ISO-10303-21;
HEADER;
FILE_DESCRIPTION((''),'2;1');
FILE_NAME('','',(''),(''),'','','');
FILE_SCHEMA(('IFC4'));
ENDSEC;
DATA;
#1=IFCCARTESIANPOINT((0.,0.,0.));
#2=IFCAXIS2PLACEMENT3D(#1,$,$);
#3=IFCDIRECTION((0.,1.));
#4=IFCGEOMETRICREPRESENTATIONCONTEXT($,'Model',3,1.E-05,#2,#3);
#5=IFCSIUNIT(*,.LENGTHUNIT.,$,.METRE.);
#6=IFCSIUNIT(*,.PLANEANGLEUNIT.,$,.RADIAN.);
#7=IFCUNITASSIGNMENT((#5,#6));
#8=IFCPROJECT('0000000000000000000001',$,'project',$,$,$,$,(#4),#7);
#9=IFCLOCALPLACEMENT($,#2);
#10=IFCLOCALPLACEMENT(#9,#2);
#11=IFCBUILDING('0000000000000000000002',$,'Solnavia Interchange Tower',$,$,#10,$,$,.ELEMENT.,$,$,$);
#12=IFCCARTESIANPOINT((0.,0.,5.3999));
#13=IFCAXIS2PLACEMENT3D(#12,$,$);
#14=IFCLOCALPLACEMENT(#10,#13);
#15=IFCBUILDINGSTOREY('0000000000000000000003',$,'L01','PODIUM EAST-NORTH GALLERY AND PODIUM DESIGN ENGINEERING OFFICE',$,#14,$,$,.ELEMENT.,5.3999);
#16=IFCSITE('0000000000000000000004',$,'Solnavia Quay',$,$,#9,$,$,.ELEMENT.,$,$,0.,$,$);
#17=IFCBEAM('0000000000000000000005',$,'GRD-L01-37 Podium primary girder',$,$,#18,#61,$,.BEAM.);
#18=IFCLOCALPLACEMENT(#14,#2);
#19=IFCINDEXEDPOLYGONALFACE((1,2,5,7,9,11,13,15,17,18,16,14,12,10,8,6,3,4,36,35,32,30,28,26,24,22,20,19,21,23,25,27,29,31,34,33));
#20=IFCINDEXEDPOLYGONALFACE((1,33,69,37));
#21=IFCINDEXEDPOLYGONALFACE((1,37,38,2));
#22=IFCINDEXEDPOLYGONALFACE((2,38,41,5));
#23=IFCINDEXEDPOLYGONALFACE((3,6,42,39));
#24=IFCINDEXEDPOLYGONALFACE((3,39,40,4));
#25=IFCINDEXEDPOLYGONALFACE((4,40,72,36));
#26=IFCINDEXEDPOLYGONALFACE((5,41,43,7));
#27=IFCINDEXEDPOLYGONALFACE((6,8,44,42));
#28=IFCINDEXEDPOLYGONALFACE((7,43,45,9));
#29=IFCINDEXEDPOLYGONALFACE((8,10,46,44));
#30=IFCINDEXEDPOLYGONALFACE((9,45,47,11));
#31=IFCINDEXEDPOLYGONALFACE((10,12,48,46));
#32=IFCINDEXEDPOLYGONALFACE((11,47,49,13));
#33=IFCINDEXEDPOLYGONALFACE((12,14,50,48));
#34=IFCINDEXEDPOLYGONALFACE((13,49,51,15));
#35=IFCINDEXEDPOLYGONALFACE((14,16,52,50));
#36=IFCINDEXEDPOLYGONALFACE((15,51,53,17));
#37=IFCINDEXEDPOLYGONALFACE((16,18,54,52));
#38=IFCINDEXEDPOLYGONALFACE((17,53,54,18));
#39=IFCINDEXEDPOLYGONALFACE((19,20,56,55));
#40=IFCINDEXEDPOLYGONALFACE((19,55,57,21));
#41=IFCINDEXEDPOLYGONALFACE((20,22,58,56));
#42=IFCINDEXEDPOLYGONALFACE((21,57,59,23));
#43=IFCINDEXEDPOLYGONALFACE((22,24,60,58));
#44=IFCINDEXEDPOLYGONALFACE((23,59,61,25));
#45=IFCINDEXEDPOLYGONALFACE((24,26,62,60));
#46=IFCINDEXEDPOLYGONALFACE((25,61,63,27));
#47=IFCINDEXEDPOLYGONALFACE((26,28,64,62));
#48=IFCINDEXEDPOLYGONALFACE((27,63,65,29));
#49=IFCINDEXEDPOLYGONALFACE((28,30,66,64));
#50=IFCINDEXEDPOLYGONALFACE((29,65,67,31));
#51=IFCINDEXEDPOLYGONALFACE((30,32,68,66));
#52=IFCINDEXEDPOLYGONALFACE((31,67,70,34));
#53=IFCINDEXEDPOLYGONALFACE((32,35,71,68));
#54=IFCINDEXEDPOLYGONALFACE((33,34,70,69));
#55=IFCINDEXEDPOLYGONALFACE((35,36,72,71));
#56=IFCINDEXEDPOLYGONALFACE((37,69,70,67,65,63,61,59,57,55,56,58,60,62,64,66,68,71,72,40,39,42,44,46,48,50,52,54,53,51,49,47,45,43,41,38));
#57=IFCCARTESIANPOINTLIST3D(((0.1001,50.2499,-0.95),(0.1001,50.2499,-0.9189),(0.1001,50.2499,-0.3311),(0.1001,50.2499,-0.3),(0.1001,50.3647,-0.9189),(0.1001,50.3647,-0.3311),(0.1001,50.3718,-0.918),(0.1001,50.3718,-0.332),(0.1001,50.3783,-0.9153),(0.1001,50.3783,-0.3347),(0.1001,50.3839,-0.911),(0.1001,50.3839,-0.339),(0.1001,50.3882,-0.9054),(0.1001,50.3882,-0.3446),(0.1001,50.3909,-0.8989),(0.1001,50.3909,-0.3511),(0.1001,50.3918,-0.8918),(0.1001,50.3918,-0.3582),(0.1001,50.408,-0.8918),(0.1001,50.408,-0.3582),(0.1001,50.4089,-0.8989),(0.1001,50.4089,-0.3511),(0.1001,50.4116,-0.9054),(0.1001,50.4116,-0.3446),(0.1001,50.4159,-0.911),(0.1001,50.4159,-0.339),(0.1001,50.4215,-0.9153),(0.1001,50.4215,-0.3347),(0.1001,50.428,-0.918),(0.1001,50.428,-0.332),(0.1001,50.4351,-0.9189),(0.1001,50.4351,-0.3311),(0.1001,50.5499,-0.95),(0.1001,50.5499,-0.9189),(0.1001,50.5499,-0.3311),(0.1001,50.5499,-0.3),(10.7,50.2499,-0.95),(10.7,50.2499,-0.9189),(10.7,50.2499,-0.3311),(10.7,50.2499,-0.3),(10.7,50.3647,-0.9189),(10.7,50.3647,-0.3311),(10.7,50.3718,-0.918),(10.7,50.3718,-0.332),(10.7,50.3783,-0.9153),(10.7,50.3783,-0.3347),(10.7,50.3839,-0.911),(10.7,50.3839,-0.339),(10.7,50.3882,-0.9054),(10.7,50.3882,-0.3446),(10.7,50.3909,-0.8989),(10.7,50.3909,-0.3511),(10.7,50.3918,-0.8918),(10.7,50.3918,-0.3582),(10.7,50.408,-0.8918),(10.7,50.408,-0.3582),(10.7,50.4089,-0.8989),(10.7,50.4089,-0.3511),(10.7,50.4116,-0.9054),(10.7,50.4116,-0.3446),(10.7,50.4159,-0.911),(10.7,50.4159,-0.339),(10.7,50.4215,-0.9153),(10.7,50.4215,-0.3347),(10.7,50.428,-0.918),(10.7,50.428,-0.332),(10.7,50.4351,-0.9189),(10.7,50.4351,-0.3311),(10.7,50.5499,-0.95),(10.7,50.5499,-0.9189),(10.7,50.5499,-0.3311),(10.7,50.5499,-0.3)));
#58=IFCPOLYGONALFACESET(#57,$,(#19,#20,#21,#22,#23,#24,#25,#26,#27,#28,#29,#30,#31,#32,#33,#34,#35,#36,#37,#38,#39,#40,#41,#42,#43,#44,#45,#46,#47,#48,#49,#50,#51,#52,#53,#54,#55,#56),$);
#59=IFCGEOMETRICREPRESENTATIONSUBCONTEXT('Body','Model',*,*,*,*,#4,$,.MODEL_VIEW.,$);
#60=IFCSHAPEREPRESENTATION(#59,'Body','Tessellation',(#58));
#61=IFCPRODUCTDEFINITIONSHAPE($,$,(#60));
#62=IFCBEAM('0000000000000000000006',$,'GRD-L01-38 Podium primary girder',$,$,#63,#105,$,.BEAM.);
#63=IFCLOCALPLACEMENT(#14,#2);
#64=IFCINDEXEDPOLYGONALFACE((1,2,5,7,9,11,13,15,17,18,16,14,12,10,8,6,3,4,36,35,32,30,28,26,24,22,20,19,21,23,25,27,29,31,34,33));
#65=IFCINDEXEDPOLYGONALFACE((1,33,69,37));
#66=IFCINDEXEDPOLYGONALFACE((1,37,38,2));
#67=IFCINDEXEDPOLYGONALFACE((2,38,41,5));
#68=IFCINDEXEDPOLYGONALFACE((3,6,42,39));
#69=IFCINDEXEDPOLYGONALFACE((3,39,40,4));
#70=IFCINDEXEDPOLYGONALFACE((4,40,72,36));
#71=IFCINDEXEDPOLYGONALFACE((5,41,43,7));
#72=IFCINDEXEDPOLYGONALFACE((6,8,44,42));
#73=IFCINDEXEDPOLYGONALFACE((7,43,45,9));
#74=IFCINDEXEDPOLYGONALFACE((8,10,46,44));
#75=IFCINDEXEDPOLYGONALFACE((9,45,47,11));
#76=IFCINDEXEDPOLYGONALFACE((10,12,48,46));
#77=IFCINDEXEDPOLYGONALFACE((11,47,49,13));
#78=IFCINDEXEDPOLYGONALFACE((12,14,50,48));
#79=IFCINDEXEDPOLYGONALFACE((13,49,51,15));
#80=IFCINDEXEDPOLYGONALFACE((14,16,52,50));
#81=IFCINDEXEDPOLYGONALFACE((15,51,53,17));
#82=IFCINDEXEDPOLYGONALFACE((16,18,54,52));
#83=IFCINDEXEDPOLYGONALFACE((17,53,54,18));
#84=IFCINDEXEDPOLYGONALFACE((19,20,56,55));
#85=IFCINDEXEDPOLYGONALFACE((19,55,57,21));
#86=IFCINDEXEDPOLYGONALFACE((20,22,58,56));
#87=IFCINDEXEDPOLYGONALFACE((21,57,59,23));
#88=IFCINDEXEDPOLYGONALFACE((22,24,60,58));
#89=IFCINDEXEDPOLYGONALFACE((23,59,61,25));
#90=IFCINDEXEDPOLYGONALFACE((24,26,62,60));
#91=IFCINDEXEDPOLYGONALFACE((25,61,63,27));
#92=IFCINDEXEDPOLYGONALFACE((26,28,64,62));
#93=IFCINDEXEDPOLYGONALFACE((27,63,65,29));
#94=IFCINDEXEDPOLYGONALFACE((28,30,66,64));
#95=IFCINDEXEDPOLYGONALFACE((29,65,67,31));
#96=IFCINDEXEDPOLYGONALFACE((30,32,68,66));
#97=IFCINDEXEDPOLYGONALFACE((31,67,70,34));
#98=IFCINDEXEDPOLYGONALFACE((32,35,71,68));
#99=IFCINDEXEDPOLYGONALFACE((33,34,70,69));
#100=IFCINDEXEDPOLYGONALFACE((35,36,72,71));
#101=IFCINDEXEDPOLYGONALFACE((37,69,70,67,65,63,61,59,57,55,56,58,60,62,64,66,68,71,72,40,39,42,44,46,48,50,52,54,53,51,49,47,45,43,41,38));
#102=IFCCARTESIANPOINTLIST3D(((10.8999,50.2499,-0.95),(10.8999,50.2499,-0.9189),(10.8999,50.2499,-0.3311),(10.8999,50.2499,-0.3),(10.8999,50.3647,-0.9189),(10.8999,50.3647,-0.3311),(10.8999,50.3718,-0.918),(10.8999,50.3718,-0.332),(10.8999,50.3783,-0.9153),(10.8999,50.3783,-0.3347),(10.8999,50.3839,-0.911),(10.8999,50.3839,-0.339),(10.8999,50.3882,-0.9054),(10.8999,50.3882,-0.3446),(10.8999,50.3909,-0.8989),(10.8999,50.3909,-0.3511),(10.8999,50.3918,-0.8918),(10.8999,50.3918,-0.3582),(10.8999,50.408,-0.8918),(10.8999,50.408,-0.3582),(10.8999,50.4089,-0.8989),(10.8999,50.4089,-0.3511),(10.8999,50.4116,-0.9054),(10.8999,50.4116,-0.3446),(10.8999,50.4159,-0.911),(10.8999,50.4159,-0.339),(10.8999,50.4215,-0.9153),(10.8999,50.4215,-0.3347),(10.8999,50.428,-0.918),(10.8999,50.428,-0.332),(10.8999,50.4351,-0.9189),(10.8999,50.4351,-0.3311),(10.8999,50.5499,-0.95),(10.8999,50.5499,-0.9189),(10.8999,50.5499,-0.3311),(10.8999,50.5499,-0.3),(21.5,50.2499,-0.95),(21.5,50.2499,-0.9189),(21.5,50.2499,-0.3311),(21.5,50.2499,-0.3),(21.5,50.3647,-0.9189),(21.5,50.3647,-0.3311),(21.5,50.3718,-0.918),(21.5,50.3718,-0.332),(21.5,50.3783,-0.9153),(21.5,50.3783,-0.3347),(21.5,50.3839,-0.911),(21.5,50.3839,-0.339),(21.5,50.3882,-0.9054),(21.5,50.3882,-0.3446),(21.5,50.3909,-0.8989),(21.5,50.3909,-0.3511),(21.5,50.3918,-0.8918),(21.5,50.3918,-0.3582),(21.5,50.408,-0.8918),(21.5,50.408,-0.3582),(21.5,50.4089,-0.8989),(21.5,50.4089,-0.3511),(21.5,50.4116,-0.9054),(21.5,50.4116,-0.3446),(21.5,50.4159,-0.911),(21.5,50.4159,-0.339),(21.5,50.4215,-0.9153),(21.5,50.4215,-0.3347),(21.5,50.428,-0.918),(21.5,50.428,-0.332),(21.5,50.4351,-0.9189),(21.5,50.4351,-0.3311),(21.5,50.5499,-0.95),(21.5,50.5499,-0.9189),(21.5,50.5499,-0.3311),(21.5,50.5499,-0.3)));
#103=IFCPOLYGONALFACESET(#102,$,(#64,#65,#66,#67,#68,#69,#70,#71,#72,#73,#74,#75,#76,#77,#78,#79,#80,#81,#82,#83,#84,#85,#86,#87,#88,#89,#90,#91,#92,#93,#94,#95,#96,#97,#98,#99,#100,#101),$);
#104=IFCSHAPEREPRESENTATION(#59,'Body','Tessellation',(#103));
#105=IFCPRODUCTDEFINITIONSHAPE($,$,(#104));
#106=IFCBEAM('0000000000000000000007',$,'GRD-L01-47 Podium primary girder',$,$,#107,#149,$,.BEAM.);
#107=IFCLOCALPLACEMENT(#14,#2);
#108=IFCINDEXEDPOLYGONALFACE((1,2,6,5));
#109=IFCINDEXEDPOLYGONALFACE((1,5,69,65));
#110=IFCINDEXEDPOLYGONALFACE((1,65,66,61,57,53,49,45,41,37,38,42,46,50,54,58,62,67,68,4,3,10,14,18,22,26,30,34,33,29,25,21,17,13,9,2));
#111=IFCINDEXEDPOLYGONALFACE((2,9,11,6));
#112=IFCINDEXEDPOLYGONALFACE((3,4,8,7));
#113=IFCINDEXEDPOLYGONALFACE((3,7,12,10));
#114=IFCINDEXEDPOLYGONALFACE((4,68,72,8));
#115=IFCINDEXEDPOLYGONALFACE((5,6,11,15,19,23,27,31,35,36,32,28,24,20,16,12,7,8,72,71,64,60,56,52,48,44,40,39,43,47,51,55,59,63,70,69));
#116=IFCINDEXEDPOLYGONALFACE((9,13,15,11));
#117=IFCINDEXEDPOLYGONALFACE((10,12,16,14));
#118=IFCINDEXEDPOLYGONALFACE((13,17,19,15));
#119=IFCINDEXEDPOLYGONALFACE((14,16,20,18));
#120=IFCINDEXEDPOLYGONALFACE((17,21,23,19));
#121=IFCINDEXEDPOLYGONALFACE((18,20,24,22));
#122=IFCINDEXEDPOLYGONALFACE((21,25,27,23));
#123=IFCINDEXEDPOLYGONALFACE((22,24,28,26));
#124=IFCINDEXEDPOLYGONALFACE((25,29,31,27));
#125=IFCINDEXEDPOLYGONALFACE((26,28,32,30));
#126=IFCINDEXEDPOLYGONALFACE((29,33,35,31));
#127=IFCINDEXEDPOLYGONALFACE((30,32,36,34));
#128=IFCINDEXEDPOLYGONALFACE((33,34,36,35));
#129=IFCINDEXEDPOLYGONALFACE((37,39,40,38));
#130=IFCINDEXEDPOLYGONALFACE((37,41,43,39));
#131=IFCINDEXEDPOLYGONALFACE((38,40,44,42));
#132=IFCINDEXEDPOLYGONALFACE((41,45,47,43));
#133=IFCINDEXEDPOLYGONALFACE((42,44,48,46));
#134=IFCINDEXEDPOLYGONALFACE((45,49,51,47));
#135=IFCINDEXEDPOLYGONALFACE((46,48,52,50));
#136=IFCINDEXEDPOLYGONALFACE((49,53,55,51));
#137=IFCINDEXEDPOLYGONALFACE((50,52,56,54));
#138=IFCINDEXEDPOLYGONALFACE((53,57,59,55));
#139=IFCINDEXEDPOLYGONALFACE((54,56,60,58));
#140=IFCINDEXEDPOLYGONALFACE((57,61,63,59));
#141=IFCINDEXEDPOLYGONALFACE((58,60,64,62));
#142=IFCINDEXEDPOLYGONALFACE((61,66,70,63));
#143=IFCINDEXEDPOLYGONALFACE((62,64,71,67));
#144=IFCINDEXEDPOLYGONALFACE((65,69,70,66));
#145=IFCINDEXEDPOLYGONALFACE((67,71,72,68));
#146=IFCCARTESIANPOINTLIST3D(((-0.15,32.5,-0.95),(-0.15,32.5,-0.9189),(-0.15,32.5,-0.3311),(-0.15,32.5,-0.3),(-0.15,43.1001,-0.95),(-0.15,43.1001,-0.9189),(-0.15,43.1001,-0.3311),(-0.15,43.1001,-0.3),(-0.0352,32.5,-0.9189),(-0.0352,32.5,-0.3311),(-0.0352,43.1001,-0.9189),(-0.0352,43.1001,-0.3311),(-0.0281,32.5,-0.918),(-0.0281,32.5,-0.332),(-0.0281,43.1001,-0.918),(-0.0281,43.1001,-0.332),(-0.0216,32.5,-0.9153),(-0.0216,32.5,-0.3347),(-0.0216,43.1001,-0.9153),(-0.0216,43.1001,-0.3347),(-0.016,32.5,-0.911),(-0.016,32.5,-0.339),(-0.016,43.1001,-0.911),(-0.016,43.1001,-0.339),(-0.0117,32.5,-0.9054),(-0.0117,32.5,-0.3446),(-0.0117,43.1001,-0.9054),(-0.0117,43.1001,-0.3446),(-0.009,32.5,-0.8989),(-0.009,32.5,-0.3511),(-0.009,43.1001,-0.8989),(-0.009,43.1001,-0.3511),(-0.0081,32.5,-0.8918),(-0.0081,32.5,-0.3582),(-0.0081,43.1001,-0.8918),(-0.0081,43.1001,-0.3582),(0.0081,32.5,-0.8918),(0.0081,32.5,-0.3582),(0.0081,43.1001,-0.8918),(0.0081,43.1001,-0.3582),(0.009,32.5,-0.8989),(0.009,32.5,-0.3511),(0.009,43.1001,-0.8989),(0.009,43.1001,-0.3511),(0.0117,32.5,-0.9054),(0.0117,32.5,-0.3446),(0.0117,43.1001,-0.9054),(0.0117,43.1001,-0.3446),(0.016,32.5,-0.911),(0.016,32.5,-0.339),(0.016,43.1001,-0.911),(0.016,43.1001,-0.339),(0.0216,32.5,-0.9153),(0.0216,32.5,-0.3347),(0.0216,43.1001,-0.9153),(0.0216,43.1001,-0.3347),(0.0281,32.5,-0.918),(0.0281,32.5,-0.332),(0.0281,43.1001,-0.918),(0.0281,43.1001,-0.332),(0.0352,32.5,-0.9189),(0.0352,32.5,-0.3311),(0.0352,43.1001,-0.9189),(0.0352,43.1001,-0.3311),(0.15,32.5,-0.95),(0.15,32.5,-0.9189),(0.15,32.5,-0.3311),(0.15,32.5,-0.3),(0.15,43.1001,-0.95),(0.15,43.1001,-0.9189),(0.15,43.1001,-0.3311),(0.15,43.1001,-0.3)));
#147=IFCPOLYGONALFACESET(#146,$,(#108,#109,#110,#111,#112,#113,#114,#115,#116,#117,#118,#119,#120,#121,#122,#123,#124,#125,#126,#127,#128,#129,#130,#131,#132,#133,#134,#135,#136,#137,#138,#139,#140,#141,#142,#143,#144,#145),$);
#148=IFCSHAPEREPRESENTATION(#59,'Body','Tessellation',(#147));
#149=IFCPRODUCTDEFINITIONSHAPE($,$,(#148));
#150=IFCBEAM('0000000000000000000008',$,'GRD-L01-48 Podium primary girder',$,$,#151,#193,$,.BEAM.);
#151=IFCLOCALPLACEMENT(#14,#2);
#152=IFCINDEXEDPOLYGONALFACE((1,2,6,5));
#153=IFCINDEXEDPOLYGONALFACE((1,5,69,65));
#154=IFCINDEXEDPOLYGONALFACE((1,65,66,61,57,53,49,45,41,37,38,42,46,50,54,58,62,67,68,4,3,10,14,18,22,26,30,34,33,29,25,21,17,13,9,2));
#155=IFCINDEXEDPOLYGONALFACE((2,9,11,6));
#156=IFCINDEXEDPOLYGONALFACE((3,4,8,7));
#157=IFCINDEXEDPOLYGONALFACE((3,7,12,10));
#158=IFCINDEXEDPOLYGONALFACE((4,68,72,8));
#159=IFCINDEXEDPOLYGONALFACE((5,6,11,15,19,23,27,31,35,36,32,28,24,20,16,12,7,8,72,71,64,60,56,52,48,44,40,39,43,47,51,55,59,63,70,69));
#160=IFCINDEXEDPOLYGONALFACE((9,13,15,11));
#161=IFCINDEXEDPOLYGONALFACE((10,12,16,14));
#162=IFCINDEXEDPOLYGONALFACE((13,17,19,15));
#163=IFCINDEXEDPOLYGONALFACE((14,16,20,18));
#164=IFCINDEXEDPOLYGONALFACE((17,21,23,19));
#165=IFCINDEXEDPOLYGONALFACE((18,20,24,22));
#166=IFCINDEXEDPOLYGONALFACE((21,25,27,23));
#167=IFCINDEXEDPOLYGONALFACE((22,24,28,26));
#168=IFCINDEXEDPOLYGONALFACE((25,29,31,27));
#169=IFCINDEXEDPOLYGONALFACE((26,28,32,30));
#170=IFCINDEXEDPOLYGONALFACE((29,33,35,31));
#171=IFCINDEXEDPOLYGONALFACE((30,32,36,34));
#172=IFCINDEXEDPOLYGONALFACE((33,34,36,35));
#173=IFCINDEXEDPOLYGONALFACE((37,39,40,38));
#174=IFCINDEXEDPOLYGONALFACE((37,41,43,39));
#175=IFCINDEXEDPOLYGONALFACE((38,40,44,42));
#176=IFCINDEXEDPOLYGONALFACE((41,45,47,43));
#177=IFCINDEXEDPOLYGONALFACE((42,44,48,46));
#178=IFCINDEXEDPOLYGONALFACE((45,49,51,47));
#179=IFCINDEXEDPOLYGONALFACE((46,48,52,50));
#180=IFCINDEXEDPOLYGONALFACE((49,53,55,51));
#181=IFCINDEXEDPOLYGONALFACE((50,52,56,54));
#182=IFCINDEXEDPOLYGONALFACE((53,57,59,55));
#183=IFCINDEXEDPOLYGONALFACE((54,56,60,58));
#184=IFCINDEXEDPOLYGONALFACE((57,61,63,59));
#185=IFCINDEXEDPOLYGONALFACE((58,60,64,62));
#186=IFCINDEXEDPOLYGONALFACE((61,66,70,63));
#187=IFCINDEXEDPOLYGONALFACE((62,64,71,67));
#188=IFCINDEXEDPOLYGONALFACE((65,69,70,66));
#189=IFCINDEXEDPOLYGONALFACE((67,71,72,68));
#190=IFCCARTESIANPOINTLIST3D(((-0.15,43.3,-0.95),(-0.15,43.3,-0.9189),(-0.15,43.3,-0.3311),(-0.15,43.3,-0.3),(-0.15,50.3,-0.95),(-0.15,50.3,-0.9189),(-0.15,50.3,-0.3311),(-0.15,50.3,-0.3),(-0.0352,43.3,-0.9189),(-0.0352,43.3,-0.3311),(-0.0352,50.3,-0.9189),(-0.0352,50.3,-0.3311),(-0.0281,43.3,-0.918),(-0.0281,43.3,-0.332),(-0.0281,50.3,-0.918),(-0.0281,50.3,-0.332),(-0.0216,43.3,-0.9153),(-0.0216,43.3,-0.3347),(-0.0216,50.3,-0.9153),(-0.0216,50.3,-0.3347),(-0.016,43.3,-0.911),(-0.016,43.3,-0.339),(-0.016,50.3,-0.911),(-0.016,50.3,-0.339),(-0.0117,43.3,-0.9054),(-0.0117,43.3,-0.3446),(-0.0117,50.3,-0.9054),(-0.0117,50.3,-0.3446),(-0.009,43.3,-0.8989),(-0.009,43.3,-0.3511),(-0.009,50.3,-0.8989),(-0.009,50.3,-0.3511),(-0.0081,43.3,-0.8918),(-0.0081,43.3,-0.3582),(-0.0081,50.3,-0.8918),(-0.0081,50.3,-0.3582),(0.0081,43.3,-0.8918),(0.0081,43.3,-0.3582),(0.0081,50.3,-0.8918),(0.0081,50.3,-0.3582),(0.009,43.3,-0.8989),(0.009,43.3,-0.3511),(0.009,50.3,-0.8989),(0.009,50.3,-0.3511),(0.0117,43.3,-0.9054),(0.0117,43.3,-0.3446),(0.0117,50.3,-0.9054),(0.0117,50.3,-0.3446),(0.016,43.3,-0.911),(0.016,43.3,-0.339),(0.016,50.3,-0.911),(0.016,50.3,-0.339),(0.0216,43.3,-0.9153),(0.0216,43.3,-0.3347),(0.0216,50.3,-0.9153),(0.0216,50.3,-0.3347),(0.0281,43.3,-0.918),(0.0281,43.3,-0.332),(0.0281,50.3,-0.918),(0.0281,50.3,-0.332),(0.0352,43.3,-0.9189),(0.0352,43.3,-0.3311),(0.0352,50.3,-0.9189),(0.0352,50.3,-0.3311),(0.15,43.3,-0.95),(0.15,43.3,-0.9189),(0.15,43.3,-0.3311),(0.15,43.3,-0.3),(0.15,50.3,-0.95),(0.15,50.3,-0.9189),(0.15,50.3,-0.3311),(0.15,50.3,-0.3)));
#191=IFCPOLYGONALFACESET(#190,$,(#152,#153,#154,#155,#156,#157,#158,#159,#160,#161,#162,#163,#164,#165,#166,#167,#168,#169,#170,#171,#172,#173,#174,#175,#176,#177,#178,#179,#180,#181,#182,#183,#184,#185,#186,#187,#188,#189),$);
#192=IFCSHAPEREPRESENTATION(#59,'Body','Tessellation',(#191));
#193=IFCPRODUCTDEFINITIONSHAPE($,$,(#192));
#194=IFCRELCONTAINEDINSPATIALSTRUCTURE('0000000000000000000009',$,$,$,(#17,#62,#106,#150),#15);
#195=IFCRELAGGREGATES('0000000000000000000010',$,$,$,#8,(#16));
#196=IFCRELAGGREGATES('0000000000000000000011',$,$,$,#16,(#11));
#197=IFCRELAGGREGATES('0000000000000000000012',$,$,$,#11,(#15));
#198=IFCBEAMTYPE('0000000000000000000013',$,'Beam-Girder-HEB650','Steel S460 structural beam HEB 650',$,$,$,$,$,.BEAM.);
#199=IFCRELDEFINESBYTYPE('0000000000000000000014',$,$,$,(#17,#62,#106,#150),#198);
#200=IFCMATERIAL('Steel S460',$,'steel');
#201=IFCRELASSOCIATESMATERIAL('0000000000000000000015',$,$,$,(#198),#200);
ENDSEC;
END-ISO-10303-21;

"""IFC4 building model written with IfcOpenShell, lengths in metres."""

from ifc_helpers import new_model, si_unit, direction, frame, origin, origin_2d, place, context, subcontext, project, spatial, i_section, extrude, material, material_profile, profile_set, type_object, element, save


model = new_model("IFC4")

# Units and contexts
model_context = context("Model", 3, precision=1e-05, world=origin(), true_north=direction((0.0, 1.0)))
body_context = subcontext(model_context, "Body", "Model", "MODEL_VIEW")
ifc_project = project(units=[si_unit("LENGTHUNIT", "METRE"), si_unit("PLANEANGLEUNIT", "RADIAN")], contexts=[model_context])

# Site, building, storey
site_placement = place(None, origin())
site = spatial("IfcSite", under=ifc_project, at=site_placement, Name="Solnavia Quay", CompositionType="ELEMENT", RefElevation=0.0)
building_placement = place(site_placement, origin())
building = spatial("IfcBuilding", under=site, at=building_placement, Name="Solnavia Interchange Tower", CompositionType="ELEMENT")
storey_placement = place(building_placement, frame((0.0, 0.0, 5.3999)))
storey = spatial("IfcBuildingStorey", under=building, at=storey_placement, Name="L01", Description="PODIUM EAST-NORTH GALLERY AND PODIUM DESIGN ENGINEERING OFFICE", CompositionType="ELEMENT", Elevation=5.3999)

# Beams
ifc_material_1 = material(Name="Steel S460", Category="steel")
ifc_material_profile_1 = material_profile(ifc_material_1, i_section(OverallWidth=0.3, OverallDepth=0.6499, WebThickness=0.0161, FlangeThickness=0.031, FilletRadius=0.0271, at=origin_2d()), Name="HEB 650")
ifc_profile_set_1 = profile_set([ifc_material_profile_1], Name="Steel S460")
beam_type_1 = type_object("IfcBeamType", Name="Beam-Girder-HEB650", Description="Steel S460 structural beam HEB 650", PredefinedType="BEAM", material=ifc_profile_set_1)
beam_1_placement = place(storey_placement, frame((0.1001, 50.3999, -0.625), z_axis=(1.0, 0.0, 0.0), x_axis=(0.0, 1.0, 0.0)))
element("IfcBeam", 1, at=beam_1_placement, inside=storey, type_object=beam_type_1, Name="GRD-L01-37 Podium primary girder", PredefinedType="BEAM", context=body_context, shape_type="SweptSolid", body=[
    extrude(i_section(OverallWidth=0.3, OverallDepth=0.6499, WebThickness=0.0161, FlangeThickness=0.031, FilletRadius=0.0271, at=origin_2d()), origin(), (0.0, 0.0, 1.0), 10.5999),
])
for number, where, z_axis, x_axis, name in (
    (2, (10.8999, 50.3999, -0.625), (1.0, 0.0, 0.0), (0.0, 1.0, 0.0), "GRD-L01-38 Podium primary girder"),
    (3, (0.0, 32.5, -0.625), (0.0, 1.0, 0.0), (-1.0, 0.0, 0.0), "GRD-L01-47 Podium primary girder"),
):
    element("IfcBeam", number, at=place(storey_placement, frame(where, z_axis=z_axis, x_axis=x_axis)), inside=storey, type_object=beam_type_1, Name=name, PredefinedType="BEAM", context=body_context, shape_type="SweptSolid", body=[
        extrude(i_section(OverallWidth=0.3, OverallDepth=0.6499, WebThickness=0.0161, FlangeThickness=0.031, FilletRadius=0.0271, at=origin_2d()), origin(), (0.0, 0.0, 1.0), 10.6001),
    ])
beam_2_placement = place(storey_placement, frame((0.0, 43.3, -0.625), z_axis=(0.0, 1.0, 0.0), x_axis=(-1.0, 0.0, 0.0)))
element("IfcBeam", 4, at=beam_2_placement, inside=storey, type_object=beam_type_1, Name="GRD-L01-48 Podium primary girder", PredefinedType="BEAM", context=body_context, shape_type="SweptSolid", body=[
    extrude(i_section(OverallWidth=0.3, OverallDepth=0.6499, WebThickness=0.0161, FlangeThickness=0.031, FilletRadius=0.0271, at=origin_2d()), origin(), (0.0, 0.0, 1.0), 7.0),
])

save(model, "model.ifc")
